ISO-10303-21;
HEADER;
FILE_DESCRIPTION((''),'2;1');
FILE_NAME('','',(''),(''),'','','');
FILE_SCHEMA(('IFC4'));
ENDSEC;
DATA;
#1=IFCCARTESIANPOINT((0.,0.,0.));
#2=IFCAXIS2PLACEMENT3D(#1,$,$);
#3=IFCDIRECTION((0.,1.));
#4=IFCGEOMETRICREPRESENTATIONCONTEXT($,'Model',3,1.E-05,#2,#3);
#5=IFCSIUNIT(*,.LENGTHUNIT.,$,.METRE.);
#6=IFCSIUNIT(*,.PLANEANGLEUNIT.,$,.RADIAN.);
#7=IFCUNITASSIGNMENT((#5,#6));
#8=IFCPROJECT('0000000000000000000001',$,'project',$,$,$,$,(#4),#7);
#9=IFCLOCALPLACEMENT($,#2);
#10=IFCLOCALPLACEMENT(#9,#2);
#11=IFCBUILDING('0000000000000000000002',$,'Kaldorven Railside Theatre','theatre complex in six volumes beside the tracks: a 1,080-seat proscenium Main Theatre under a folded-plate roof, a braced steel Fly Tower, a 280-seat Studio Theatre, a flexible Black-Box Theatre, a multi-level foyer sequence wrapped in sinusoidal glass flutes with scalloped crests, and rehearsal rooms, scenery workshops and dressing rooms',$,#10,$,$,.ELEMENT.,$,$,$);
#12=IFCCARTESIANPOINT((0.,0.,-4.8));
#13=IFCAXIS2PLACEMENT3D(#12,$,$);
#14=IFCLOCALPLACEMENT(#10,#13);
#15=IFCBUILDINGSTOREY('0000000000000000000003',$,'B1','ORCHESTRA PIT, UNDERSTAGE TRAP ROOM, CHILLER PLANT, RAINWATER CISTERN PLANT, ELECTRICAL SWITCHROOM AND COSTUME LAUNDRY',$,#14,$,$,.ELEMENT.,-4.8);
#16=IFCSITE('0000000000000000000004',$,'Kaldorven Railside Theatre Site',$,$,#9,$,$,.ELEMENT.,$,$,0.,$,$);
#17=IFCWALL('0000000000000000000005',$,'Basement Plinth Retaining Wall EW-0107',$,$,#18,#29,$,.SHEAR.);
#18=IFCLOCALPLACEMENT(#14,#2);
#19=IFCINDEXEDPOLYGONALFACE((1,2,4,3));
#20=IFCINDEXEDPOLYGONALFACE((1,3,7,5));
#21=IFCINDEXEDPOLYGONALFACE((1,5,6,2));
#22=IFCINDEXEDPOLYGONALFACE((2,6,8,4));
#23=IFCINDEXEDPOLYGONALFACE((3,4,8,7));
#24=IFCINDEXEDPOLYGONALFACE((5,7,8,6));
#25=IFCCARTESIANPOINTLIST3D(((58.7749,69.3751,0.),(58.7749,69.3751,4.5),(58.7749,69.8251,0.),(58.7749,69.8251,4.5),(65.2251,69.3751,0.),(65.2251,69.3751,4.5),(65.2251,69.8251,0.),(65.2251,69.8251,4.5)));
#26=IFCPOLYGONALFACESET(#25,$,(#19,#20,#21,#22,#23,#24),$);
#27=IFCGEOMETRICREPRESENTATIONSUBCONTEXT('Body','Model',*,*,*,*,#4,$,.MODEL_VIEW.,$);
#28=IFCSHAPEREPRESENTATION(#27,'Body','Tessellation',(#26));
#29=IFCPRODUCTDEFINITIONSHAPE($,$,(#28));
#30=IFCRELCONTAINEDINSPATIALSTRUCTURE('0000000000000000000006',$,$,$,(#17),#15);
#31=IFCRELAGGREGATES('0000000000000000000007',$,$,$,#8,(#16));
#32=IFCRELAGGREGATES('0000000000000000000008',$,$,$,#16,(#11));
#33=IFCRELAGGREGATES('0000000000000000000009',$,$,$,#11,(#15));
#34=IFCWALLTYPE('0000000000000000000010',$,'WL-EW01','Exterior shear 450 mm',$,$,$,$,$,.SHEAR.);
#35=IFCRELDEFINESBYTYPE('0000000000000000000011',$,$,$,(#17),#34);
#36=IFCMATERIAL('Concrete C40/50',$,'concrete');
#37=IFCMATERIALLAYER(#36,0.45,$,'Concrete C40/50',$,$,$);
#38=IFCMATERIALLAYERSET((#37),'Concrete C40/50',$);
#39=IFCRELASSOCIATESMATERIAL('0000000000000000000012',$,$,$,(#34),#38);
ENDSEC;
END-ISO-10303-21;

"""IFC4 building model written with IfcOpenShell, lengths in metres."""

from ifc_helpers import new_model, si_unit, direction, frame, frame_2d, origin, place, context, subcontext, project, spatial, rectangle, extrude, material, layer, layer_set, type_object, element, save


model = new_model("IFC4")

# Units and contexts
model_context = context("Model", 3, precision=1e-05, world=origin(), true_north=direction((0.0, 1.0)))
body_context = subcontext(model_context, "Body", "Model", "MODEL_VIEW")
ifc_project = project(units=[si_unit("LENGTHUNIT", "METRE"), si_unit("PLANEANGLEUNIT", "RADIAN")], contexts=[model_context])

# Site, building, storey
site_placement = place(None, origin())
site = spatial("IfcSite", under=ifc_project, at=site_placement, Name="Kaldorven Railside Theatre Site", CompositionType="ELEMENT", RefElevation=0.0)
building_placement = place(site_placement, origin())
building = spatial("IfcBuilding", under=site, at=building_placement, Name="Kaldorven Railside Theatre", Description="theatre complex in six volumes beside the tracks: a 1,080-seat proscenium Main Theatre under a folded-plate roof, a braced steel Fly Tower, a 280-seat Studio Theatre, a flexible Black-Box Theatre, a multi-level foyer sequence wrapped in sinusoidal glass flutes with scalloped crests, and rehearsal rooms, scenery workshops and dressing rooms", CompositionType="ELEMENT")
storey_placement = place(building_placement, frame((0.0, 0.0, -4.8)))
storey = spatial("IfcBuildingStorey", under=building, at=storey_placement, Name="B1", Description="ORCHESTRA PIT, UNDERSTAGE TRAP ROOM, CHILLER PLANT, RAINWATER CISTERN PLANT, ELECTRICAL SWITCHROOM AND COSTUME LAUNDRY", CompositionType="ELEMENT", Elevation=-4.8)

# Shared definitions
ifc_material_1 = material(Name="Concrete C40/50", Category="concrete")

# Wall
ifc_layer = layer(ifc_material_1, 0.45, Name="Concrete C40/50")
ifc_layer_set = layer_set([ifc_layer], Name="Concrete C40/50")
wall_type = type_object("IfcWallType", Name="WL-EW01", Description="Exterior shear 450 mm", PredefinedType="SHEAR", material=ifc_layer_set)
wall_1_placement = place(storey_placement, frame((65.2251, 69.6001, 0.0), z_axis=(0.0, 0.0, 1.0), x_axis=(-1.0, 0.0, 0.0)))
element("IfcWall", 1, at=wall_1_placement, inside=storey, type_object=wall_type, Name="Basement Plinth Retaining Wall EW-0107", PredefinedType="SHEAR", context=body_context, shape_type="SweptSolid", body=[
    extrude(rectangle(XDim=6.4502, YDim=0.45, at=frame_2d((3.2251, 0.0))), origin(), (0.0, 0.0, 1.0), 4.5),
])

save(model, "model.ifc")
